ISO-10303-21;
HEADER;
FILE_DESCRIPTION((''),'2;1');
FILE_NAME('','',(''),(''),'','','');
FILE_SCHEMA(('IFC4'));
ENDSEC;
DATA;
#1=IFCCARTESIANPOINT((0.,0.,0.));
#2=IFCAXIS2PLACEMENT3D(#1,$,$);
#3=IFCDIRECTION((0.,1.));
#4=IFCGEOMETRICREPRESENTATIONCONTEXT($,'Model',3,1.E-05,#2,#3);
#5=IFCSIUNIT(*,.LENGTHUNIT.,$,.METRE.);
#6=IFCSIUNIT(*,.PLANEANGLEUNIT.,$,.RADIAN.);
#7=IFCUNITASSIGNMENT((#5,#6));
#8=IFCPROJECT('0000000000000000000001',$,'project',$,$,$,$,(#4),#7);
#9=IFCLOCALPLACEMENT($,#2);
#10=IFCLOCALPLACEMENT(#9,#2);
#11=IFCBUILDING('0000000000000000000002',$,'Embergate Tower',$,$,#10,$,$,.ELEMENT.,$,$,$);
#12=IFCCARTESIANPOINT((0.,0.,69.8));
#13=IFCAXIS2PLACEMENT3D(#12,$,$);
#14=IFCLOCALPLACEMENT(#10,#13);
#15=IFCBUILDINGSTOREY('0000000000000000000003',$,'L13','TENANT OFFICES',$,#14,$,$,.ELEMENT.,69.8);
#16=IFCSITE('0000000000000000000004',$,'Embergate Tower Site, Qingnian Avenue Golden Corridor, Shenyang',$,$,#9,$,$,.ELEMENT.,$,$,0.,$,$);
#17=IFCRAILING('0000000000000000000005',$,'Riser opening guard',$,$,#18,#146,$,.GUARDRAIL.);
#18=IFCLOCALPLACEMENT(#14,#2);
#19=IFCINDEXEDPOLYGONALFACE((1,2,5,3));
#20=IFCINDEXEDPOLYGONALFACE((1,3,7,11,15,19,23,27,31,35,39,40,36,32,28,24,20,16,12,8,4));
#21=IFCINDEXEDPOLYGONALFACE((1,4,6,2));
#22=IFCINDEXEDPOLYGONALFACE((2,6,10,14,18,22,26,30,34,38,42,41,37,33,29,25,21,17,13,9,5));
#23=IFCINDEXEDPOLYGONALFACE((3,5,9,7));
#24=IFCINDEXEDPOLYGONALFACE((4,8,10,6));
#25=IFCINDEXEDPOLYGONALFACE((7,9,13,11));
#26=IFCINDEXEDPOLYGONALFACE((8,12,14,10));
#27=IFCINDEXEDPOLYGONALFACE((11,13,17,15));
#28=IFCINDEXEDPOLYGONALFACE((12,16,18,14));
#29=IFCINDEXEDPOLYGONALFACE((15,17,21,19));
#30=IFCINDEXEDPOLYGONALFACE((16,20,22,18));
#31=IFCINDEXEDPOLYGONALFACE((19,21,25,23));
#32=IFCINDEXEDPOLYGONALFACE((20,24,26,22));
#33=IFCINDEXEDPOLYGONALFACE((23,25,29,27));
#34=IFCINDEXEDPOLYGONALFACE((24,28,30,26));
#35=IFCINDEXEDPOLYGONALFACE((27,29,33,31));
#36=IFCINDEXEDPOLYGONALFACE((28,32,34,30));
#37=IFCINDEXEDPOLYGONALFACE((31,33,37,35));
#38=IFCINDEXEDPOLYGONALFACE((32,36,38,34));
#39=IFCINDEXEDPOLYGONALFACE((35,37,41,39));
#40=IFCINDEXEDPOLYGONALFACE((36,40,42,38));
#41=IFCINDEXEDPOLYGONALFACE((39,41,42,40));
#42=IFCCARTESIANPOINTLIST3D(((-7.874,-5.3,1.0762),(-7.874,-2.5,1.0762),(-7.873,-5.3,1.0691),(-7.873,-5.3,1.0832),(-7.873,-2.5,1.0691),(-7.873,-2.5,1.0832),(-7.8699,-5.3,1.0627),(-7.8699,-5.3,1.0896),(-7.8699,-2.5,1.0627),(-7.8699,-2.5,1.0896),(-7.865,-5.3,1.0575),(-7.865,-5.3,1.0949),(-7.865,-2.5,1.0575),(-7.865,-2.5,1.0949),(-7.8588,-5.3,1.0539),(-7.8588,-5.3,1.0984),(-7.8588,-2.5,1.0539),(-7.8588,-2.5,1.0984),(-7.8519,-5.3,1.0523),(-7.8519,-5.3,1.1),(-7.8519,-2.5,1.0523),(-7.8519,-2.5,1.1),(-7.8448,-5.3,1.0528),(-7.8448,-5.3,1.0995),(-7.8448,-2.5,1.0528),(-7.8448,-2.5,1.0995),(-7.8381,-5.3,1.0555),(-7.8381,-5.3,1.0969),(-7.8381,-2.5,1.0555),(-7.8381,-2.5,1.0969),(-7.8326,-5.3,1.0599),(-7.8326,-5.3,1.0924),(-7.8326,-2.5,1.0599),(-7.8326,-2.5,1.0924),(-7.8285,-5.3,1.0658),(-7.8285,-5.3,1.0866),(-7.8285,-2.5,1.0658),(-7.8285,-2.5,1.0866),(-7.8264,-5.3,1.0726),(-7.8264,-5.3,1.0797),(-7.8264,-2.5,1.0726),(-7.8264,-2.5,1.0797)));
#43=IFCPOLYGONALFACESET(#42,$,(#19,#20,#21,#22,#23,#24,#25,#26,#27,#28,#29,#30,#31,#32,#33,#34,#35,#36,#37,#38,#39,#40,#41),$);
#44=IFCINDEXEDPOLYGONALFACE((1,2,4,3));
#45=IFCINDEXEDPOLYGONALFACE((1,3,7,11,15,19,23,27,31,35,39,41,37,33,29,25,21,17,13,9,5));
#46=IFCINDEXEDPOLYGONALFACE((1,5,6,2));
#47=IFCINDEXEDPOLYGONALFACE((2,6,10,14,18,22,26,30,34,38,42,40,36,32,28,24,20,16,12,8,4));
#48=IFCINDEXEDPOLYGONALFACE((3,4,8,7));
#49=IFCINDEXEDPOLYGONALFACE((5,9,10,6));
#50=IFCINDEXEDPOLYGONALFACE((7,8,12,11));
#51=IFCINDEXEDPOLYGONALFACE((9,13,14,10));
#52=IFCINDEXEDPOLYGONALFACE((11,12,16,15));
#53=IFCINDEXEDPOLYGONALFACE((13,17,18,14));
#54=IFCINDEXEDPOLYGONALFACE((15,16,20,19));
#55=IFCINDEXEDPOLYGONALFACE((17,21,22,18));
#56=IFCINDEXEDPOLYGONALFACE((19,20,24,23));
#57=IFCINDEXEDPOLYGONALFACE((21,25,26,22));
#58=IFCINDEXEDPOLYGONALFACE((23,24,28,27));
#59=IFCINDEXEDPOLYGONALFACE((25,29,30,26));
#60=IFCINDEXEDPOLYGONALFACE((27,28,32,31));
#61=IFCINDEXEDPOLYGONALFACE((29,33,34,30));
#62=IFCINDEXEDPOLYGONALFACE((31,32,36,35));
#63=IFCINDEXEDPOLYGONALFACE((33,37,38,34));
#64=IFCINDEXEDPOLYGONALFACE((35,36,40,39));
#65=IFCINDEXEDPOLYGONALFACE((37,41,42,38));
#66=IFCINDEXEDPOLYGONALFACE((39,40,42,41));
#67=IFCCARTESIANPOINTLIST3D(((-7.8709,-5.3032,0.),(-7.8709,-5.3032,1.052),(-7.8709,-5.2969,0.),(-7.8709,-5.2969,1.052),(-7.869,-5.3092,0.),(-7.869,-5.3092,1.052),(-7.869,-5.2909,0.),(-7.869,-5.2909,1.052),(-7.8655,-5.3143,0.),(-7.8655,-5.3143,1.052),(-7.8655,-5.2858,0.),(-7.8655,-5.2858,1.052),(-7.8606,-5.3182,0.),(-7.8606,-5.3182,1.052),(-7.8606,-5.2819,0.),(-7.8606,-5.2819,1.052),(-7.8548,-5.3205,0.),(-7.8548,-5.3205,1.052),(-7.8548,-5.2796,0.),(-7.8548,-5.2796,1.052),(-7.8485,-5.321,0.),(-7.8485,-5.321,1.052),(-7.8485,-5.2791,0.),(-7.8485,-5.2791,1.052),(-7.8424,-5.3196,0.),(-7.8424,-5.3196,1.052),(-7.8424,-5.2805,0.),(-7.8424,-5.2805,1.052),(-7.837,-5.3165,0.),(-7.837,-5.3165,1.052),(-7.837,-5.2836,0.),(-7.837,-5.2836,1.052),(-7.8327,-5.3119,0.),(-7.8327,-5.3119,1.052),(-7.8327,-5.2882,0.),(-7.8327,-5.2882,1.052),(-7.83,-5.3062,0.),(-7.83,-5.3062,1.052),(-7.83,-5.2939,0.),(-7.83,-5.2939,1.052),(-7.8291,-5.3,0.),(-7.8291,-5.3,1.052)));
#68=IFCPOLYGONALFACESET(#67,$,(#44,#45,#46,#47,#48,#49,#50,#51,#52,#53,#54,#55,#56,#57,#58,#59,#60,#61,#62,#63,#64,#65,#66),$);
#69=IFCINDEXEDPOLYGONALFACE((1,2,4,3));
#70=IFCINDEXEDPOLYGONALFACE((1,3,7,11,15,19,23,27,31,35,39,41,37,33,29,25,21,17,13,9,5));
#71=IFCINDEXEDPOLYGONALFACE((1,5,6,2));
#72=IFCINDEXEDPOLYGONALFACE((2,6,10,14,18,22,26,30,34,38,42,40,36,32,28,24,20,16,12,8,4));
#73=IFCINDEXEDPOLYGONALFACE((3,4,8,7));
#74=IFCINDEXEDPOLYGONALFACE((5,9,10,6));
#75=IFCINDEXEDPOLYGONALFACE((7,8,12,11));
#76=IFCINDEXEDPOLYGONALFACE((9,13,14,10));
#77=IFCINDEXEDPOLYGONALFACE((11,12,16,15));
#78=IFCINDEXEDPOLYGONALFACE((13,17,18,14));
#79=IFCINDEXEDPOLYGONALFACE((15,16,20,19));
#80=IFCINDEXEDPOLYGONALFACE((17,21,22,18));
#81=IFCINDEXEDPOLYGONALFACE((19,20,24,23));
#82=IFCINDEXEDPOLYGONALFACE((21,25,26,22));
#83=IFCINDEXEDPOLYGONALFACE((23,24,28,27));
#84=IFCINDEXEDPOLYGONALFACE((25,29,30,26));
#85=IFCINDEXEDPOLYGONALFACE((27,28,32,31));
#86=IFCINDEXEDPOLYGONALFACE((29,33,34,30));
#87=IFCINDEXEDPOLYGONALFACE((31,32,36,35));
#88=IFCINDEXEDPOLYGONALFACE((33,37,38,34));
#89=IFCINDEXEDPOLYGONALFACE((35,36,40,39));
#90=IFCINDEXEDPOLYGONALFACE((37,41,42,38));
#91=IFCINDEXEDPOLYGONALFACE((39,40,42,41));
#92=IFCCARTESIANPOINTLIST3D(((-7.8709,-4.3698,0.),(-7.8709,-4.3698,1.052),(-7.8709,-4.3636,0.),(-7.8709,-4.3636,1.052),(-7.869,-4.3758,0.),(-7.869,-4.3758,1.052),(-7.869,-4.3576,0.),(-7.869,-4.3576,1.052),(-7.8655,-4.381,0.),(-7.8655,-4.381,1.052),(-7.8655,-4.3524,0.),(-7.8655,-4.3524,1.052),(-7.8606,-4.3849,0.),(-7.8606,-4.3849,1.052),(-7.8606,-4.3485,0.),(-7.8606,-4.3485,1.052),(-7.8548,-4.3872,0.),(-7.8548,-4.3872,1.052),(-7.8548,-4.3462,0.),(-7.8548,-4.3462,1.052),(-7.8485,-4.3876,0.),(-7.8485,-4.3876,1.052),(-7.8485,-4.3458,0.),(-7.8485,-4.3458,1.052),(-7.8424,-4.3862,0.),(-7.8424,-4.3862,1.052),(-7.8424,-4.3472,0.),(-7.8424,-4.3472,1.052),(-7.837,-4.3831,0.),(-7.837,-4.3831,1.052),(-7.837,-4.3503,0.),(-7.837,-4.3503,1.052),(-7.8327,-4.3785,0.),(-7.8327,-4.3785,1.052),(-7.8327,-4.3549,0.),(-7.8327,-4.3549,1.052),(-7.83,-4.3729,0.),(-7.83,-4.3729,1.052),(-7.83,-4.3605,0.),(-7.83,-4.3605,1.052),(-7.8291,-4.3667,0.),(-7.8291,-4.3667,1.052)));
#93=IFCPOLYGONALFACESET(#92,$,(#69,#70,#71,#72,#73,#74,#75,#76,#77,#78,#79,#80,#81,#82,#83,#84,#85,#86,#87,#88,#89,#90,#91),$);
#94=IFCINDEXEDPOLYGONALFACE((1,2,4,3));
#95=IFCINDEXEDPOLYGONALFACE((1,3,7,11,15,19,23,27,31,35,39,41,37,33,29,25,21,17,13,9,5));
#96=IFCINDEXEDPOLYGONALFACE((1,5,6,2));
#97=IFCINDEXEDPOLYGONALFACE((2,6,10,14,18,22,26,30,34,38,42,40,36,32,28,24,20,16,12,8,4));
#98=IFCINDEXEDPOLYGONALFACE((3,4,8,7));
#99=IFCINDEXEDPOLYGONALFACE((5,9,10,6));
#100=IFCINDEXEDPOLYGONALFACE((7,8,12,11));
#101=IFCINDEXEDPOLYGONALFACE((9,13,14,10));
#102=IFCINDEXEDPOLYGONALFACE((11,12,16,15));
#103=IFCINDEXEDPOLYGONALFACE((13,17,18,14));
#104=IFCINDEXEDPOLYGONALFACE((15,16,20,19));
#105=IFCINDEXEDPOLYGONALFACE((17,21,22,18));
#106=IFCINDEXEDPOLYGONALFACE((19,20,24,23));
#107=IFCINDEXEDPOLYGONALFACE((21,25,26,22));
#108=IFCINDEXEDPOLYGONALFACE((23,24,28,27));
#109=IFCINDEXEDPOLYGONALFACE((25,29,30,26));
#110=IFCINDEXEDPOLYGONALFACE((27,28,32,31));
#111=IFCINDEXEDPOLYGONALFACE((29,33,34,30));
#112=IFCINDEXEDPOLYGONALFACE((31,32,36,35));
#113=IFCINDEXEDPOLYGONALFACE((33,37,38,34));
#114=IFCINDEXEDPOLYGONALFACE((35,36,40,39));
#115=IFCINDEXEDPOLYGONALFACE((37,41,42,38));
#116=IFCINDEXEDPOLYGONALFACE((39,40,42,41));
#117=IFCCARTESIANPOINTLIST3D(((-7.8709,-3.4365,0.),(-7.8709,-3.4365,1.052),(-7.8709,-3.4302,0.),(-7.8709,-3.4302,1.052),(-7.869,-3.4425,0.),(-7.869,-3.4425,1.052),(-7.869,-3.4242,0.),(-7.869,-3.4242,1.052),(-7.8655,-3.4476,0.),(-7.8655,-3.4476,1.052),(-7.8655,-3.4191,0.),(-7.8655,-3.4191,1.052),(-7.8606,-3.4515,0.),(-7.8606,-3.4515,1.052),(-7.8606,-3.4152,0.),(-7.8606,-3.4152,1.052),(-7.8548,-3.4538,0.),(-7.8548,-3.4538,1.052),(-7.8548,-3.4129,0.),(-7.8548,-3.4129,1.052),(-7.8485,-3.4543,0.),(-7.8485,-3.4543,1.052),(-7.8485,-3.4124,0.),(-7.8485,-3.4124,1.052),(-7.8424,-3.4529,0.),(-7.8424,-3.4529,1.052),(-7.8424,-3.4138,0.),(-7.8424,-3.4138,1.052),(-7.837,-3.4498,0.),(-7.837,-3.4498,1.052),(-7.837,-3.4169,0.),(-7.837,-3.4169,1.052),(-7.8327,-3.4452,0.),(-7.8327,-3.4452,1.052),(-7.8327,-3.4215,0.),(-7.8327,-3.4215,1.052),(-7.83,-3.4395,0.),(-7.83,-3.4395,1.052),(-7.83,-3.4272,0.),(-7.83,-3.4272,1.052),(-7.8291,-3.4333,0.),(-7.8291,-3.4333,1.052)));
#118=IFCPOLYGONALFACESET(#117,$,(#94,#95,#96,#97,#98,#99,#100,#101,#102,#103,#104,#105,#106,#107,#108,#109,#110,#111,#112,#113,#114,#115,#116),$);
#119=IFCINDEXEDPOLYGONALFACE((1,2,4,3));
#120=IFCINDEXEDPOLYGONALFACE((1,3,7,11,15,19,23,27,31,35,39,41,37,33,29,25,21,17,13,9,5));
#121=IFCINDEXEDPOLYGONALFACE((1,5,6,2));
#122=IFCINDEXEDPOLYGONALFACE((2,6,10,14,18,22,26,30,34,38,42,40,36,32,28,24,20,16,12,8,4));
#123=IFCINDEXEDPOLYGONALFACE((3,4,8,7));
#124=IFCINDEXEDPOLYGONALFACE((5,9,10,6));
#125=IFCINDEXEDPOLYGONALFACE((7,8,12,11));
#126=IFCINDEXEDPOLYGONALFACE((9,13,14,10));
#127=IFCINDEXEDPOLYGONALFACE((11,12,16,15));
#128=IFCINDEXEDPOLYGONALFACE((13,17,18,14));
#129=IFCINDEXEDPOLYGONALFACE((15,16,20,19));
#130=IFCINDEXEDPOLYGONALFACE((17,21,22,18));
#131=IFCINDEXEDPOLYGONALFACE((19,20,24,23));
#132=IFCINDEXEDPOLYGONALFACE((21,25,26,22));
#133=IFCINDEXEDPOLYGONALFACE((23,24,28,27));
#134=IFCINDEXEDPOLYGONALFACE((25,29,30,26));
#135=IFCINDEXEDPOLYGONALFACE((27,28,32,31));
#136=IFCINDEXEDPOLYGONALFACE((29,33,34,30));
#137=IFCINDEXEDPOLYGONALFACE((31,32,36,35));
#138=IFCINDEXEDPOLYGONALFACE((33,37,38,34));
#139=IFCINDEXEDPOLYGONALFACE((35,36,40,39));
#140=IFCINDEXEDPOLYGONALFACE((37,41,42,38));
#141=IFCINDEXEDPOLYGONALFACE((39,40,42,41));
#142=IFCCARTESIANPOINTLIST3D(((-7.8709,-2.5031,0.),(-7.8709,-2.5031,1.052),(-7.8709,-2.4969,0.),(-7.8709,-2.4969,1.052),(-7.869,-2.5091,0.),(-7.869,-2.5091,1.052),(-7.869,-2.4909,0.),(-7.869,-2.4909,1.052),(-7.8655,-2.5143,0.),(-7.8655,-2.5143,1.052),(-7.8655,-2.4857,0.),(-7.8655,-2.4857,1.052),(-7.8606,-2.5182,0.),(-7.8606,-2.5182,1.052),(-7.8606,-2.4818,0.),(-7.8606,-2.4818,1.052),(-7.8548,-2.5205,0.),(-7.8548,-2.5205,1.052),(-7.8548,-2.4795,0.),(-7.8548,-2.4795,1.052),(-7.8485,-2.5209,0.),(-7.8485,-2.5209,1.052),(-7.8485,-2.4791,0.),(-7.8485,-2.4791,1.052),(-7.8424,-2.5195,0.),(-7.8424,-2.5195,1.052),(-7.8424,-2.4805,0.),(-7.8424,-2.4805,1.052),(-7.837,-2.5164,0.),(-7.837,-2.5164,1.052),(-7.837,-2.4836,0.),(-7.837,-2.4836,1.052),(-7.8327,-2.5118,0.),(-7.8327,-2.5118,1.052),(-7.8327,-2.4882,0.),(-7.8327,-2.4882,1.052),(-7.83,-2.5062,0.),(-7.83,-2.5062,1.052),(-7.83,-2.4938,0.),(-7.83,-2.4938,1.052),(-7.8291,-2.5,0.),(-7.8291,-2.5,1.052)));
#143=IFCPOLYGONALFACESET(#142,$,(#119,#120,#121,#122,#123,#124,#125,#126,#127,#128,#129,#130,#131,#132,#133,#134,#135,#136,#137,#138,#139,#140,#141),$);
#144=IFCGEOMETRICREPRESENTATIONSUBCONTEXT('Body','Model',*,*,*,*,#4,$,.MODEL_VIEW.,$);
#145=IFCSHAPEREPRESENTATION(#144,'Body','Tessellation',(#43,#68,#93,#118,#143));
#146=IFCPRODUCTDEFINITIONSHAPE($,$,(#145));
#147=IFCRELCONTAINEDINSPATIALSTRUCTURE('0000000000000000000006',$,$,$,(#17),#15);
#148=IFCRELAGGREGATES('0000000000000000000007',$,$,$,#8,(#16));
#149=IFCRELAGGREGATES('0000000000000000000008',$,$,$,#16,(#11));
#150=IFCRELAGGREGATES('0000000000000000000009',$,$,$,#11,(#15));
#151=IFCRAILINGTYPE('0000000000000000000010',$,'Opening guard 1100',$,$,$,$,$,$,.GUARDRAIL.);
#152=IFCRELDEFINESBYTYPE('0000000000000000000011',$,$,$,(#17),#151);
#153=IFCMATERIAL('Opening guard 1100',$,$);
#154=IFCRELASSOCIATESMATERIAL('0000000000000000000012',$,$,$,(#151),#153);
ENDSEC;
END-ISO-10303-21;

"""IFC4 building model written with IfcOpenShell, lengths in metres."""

from ifc_helpers import new_model, si_unit, direction, frame, origin, origin_2d, place, context, subcontext, project, spatial, circle, extrude, source, transform, mapped, material, type_object, element, save


model = new_model("IFC4")

# Units and contexts
model_context = context("Model", 3, precision=1e-05, world=origin(), true_north=direction((0.0, 1.0)))
body_context = subcontext(model_context, "Body", "Model", "MODEL_VIEW")
ifc_project = project(units=[si_unit("LENGTHUNIT", "METRE"), si_unit("PLANEANGLEUNIT", "RADIAN")], contexts=[model_context])

# Site, building, storey
site_placement = place(None, origin())
site = spatial("IfcSite", under=ifc_project, at=site_placement, Name="Embergate Tower Site, Qingnian Avenue Golden Corridor, Shenyang", CompositionType="ELEMENT", RefElevation=0.0)
building_placement = place(site_placement, origin())
building = spatial("IfcBuilding", under=site, at=building_placement, Name="Embergate Tower", CompositionType="ELEMENT")
storey_placement = place(building_placement, frame((0.0, 0.0, 69.8)))
storey = spatial("IfcBuildingStorey", under=building, at=storey_placement, Name="L13", Description="TENANT OFFICES", CompositionType="ELEMENT", Elevation=69.8)

# Railing
ifc_material_1 = material(Name="Opening guard 1100")
railing_type_1 = type_object("IfcRailingType", Name="Opening guard 1100", PredefinedType="GUARDRAIL", material=ifc_material_1)
shared_shape_1 = source(origin(), body_context, "Body", "SweptSolid", [
    extrude(circle(Radius=0.0239, at=origin_2d()), frame((0.0, 0.0, 1.0762), z_axis=(0.0, 1.0, 0.0), x_axis=(-1.0, 0.0, 0.0)), (0.0, 0.0, 1.0), 2.8),
    extrude(circle(Radius=0.021, at=origin_2d()), origin(), (0.0, 0.0, 1.0), 1.052),
    extrude(circle(Radius=0.021, at=origin_2d()), frame((0.0, 0.9333, 0.0)), (0.0, 0.0, 1.0), 1.052),
    extrude(circle(Radius=0.021, at=origin_2d()), frame((0.0, 1.8667, 0.0)), (0.0, 0.0, 1.0), 1.052),
    extrude(circle(Radius=0.021, at=origin_2d()), frame((0.0, 2.8, 0.0)), (0.0, 0.0, 1.0), 1.052),
])
railing_1_placement = place(storey_placement, frame((-7.8501, -5.3, 0.0)))
element("IfcRailing", 1, at=railing_1_placement, inside=storey, type_object=railing_type_1, Name="Riser opening guard", PredefinedType="GUARDRAIL", context=body_context, shape_type="MappedRepresentation", body=[
    mapped(shared_shape_1, transform((0.0, 0.0, 0.0))),
])

save(model, "model.ifc")
